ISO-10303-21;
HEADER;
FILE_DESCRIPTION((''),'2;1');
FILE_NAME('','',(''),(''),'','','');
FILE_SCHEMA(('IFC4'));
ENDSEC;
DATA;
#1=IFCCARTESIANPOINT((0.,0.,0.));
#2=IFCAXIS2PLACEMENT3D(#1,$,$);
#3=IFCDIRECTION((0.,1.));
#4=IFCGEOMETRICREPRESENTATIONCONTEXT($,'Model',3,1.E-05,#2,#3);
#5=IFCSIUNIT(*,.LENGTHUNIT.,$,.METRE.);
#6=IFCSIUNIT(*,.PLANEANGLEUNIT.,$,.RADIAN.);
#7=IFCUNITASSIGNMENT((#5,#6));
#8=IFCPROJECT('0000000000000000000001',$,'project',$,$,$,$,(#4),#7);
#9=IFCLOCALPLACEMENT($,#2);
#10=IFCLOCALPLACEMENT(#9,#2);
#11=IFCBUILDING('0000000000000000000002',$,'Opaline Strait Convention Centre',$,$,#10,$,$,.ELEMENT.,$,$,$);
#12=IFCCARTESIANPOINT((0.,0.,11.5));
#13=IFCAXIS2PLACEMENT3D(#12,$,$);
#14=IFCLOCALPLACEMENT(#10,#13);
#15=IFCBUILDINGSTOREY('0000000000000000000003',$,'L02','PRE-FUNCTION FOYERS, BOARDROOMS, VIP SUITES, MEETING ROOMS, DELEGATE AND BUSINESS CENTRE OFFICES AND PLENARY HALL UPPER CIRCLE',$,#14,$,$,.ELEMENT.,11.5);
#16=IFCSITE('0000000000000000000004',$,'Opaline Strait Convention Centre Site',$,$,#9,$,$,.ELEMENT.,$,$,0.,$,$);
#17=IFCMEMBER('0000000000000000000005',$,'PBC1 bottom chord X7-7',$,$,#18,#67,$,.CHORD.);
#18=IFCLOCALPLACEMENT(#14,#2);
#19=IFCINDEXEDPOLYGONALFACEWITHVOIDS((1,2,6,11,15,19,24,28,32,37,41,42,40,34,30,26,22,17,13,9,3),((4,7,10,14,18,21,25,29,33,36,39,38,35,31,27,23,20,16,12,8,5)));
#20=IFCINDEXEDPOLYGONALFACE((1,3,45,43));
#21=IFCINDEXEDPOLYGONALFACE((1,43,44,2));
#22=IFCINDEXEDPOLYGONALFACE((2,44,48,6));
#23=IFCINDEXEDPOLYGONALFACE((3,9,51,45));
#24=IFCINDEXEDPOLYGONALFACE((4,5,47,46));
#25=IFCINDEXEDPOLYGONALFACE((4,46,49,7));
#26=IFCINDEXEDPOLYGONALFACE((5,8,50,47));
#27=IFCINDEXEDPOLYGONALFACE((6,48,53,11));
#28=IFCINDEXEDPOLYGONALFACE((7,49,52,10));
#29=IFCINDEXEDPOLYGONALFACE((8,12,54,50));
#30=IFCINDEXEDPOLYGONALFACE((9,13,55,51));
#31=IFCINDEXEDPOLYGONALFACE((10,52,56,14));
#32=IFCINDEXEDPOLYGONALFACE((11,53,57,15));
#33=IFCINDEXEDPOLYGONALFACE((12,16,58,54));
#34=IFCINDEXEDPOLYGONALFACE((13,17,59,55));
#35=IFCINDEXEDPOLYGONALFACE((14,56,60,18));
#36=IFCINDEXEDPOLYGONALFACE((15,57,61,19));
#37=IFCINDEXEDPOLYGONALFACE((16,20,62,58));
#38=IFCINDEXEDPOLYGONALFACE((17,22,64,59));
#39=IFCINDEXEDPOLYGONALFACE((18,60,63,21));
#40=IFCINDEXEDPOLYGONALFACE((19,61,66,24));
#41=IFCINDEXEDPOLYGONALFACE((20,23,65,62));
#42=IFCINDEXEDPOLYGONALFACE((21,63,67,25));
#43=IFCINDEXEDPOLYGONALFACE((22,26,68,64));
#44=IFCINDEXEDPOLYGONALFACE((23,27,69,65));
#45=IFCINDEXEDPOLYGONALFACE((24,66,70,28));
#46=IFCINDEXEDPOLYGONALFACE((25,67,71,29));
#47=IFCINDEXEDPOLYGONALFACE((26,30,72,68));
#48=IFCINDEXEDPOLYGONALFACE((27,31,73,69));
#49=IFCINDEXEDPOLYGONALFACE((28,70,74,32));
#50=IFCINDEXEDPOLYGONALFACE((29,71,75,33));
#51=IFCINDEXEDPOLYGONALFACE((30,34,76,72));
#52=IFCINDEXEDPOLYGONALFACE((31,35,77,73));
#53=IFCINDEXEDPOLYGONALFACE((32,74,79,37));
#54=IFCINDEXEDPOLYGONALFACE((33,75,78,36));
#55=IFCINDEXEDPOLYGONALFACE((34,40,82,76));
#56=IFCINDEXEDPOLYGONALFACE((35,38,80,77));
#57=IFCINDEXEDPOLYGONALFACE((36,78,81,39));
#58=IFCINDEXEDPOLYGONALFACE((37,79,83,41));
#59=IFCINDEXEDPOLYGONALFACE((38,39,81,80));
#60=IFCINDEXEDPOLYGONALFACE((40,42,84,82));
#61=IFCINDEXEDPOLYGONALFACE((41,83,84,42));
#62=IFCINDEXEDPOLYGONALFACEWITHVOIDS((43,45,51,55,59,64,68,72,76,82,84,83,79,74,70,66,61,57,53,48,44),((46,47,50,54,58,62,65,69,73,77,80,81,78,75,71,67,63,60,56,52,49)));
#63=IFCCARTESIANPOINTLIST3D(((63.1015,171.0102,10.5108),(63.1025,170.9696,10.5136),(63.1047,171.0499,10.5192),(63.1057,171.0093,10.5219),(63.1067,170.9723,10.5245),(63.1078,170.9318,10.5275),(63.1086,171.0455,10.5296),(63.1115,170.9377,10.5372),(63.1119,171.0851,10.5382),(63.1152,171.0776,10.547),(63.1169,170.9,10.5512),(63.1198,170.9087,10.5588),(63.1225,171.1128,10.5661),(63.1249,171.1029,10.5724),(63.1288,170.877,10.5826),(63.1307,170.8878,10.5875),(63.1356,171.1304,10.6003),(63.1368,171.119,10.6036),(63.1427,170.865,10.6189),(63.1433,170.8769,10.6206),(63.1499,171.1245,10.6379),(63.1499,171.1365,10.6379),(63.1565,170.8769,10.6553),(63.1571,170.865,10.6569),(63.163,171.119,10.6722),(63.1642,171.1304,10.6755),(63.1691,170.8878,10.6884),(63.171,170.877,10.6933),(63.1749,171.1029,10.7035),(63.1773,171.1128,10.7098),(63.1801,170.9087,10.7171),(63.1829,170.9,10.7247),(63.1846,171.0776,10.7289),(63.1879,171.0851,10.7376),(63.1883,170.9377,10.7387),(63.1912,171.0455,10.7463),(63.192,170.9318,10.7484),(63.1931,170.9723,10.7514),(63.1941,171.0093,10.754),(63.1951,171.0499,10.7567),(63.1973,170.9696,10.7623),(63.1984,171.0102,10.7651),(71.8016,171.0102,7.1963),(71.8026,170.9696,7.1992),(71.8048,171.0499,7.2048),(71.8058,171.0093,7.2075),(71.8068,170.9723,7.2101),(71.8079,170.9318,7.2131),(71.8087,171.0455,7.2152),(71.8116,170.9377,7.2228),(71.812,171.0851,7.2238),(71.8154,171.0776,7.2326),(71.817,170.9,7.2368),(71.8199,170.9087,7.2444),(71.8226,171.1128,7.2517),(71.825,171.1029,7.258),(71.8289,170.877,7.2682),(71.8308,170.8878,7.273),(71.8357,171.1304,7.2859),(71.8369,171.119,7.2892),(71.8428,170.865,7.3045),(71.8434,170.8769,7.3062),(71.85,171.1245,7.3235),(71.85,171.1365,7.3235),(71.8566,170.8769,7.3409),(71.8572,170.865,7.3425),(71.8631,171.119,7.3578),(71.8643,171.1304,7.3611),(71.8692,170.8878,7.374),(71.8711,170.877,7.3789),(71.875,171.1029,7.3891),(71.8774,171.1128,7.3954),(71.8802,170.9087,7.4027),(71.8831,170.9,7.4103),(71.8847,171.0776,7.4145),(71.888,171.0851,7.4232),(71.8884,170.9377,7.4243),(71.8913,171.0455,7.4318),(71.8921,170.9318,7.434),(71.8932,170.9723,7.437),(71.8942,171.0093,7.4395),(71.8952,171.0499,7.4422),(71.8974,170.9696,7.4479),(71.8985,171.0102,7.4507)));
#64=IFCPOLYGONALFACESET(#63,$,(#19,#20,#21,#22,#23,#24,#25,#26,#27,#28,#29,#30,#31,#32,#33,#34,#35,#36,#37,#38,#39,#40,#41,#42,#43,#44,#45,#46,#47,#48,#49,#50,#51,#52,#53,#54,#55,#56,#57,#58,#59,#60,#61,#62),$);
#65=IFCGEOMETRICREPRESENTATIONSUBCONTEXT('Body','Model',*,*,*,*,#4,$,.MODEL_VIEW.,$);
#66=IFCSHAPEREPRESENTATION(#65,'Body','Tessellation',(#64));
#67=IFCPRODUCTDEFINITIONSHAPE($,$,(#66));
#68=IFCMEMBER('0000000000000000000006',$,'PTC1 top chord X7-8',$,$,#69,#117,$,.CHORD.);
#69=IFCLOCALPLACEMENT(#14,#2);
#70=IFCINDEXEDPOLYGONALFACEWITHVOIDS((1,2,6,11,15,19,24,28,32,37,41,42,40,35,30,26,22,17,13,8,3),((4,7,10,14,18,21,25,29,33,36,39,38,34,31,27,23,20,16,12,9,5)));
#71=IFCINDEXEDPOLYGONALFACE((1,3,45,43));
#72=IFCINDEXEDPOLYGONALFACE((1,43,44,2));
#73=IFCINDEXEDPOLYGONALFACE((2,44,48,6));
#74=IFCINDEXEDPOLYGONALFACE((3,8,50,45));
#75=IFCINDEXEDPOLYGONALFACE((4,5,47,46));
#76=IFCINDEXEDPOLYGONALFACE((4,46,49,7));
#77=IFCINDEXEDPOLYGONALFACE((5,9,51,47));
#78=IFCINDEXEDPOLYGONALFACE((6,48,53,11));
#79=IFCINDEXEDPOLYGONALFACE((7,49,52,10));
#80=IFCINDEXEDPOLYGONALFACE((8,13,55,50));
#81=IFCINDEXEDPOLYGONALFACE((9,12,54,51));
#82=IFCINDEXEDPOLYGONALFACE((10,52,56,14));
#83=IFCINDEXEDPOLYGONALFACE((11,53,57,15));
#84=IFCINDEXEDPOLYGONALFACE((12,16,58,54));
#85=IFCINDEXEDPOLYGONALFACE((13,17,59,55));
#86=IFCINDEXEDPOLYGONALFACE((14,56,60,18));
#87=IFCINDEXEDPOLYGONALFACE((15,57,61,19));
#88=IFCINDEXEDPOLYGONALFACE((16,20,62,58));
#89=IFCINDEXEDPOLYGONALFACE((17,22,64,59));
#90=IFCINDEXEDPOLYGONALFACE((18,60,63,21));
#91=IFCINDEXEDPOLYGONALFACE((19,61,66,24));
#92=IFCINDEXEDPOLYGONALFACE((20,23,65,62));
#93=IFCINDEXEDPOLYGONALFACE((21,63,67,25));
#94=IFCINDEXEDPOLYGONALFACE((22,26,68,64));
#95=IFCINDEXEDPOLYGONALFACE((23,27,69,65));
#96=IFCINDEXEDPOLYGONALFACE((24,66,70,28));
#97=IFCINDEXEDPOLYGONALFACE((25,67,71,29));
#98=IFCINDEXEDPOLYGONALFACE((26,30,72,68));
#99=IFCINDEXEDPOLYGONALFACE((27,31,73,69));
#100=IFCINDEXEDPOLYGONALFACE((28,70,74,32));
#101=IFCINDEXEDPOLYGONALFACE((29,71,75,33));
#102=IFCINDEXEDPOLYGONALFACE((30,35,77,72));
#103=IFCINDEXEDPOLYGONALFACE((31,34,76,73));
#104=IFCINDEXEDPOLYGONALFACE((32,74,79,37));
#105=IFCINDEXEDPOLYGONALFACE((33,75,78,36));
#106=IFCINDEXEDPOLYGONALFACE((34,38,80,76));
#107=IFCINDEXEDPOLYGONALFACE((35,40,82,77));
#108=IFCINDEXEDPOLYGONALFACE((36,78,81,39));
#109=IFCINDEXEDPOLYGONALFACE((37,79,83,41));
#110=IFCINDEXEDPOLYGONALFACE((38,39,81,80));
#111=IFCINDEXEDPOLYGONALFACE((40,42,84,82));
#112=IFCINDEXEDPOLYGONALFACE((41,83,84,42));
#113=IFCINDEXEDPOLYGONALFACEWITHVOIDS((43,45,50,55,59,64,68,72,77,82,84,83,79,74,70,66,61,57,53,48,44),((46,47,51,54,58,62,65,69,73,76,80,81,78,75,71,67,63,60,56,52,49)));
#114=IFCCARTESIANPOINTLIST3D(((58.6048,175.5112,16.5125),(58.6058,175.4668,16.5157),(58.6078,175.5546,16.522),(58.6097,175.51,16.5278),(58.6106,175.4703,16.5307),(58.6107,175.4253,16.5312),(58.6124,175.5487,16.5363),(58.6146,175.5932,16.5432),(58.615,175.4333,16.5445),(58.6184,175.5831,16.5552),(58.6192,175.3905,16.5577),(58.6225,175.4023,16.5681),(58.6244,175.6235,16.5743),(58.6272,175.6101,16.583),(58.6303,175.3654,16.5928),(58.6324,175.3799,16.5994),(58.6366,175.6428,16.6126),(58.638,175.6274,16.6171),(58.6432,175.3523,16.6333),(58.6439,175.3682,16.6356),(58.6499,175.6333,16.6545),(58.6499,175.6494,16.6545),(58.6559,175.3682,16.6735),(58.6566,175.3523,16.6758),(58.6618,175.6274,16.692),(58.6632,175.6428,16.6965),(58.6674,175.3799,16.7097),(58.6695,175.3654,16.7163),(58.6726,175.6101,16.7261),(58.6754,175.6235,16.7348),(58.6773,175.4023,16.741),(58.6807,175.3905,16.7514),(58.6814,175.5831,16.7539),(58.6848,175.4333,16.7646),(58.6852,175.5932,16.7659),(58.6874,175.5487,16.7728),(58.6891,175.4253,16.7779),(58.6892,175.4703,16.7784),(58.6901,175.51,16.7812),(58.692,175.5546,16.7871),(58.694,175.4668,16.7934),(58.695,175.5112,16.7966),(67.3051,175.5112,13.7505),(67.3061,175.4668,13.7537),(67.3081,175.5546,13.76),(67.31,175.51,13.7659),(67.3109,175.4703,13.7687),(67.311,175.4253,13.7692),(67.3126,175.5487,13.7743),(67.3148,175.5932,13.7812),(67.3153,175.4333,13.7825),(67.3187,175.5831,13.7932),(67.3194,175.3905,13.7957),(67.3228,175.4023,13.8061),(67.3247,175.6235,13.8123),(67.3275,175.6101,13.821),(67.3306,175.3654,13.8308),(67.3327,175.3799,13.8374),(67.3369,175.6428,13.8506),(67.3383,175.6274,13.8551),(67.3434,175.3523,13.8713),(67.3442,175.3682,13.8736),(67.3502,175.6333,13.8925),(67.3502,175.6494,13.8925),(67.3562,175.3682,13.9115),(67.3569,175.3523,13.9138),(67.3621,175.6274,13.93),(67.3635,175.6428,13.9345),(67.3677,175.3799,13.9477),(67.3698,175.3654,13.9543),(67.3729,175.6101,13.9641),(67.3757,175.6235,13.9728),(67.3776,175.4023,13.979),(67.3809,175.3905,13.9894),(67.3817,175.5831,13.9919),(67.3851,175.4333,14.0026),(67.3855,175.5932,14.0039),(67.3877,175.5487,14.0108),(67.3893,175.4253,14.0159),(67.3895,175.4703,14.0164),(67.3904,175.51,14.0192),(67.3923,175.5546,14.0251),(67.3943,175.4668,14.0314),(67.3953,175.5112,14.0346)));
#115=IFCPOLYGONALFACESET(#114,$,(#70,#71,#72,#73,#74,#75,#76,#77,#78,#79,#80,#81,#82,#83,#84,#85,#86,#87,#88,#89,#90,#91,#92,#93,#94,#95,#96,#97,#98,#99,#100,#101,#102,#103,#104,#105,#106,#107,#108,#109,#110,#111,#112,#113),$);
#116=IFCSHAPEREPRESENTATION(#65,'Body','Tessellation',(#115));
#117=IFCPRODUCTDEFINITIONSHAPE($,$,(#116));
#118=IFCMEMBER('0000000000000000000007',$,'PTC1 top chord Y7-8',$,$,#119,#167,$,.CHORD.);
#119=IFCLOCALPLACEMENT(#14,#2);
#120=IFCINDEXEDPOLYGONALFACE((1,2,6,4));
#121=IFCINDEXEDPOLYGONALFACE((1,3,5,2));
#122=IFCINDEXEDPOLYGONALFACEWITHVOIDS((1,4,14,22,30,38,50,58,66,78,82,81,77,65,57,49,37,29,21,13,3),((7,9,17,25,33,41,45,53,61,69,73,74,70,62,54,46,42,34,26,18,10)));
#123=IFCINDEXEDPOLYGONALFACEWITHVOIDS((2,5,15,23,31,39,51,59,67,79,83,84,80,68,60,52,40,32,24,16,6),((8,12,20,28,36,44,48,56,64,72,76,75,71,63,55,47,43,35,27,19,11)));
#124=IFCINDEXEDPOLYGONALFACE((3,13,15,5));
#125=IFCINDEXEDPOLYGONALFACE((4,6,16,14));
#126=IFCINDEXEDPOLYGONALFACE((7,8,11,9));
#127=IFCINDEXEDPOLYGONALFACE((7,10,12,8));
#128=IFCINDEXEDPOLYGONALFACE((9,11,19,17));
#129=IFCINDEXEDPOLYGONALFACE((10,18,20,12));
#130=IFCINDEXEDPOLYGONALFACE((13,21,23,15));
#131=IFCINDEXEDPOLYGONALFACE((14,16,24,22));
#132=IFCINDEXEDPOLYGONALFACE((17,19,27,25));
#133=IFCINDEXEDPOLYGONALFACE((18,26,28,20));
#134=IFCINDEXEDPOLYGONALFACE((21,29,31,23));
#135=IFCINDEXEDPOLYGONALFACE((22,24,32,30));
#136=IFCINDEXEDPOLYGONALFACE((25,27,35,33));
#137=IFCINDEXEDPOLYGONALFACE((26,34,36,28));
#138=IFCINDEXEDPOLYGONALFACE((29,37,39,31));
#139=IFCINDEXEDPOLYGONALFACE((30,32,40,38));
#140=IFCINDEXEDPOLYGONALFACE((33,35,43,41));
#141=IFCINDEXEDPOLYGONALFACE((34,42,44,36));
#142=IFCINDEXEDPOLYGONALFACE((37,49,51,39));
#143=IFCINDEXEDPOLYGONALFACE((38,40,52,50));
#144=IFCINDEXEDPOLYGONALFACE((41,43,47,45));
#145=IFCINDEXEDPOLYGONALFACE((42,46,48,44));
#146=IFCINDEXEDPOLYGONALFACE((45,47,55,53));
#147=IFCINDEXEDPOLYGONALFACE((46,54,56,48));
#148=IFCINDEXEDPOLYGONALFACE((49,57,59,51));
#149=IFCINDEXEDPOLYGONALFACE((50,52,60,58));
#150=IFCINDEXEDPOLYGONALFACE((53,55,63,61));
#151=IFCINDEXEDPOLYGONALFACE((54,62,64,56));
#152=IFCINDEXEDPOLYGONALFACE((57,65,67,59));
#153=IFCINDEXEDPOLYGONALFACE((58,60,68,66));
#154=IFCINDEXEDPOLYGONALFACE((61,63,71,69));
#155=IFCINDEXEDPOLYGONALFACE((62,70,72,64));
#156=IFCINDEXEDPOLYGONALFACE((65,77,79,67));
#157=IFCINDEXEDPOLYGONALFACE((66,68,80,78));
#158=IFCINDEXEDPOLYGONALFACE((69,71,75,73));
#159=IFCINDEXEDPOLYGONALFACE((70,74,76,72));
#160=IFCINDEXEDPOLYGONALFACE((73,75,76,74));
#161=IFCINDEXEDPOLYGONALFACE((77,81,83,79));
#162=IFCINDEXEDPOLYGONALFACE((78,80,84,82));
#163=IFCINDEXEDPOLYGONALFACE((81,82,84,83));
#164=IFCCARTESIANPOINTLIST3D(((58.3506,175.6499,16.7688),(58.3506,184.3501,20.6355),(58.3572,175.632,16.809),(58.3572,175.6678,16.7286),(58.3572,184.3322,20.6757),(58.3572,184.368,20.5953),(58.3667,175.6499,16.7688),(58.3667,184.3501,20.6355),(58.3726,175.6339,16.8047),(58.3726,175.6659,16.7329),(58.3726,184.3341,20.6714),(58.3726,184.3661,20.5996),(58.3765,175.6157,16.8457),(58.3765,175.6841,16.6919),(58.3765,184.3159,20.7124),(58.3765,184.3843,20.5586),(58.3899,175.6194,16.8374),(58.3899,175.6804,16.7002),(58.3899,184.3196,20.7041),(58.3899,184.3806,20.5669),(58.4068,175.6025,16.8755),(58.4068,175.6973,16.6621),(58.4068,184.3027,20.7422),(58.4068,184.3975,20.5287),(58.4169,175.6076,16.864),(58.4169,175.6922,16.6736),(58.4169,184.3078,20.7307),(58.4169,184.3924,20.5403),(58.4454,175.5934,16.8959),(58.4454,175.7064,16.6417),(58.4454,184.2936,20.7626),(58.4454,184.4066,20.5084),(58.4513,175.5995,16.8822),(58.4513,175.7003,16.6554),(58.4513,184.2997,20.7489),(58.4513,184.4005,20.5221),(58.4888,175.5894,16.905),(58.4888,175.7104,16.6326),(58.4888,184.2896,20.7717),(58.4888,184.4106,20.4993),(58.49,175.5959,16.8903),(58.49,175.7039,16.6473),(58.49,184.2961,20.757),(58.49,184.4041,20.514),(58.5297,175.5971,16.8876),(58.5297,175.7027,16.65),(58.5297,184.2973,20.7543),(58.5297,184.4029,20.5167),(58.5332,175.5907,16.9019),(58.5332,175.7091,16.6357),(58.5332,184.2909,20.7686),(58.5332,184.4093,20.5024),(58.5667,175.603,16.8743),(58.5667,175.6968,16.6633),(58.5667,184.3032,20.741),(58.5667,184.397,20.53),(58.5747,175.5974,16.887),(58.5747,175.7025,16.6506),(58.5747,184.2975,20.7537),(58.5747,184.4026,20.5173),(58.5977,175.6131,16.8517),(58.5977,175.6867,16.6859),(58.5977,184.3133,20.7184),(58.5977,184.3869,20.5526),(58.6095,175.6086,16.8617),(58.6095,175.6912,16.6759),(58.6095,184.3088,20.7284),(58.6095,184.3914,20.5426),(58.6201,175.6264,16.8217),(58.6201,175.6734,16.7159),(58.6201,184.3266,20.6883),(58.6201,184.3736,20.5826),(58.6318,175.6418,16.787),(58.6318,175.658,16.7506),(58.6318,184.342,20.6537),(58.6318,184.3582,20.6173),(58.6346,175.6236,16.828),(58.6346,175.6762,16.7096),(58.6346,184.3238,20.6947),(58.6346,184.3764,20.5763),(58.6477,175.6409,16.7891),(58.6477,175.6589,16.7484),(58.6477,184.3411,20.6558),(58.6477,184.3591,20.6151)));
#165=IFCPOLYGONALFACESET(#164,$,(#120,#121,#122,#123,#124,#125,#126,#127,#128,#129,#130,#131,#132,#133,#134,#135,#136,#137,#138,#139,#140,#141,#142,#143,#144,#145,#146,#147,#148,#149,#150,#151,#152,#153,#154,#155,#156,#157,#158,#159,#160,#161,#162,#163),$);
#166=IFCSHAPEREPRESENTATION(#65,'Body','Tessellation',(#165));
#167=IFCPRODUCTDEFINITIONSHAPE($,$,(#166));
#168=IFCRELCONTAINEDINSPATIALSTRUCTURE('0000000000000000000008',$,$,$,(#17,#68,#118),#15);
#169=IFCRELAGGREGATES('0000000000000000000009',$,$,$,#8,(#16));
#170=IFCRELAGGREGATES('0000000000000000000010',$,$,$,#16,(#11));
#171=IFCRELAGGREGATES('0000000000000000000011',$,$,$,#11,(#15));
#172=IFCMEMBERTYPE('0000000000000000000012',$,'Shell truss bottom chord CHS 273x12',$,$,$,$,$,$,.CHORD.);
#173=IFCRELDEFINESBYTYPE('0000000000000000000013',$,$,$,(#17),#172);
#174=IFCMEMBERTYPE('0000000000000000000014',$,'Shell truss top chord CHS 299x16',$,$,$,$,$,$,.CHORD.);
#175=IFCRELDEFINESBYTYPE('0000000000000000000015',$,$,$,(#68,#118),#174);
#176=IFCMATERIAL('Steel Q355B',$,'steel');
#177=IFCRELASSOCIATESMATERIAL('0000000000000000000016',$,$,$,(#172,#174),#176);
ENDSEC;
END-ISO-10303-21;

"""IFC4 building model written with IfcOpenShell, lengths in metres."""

from ifc_helpers import new_model, si_unit, direction, frame, origin, origin_2d, place, context, subcontext, project, spatial, hollow_circle, extrude, material, material_profile, profile_set, type_object, element, save


model = new_model("IFC4")

# Units and contexts
model_context = context("Model", 3, precision=1e-05, world=origin(), true_north=direction((0.0, 1.0)))
body_context = subcontext(model_context, "Body", "Model", "MODEL_VIEW")
ifc_project = project(units=[si_unit("LENGTHUNIT", "METRE"), si_unit("PLANEANGLEUNIT", "RADIAN")], contexts=[model_context])

# Site, building, storey
site_placement = place(None, origin())
site = spatial("IfcSite", under=ifc_project, at=site_placement, Name="Opaline Strait Convention Centre Site", CompositionType="ELEMENT", RefElevation=0.0)
building_placement = place(site_placement, origin())
building = spatial("IfcBuilding", under=site, at=building_placement, Name="Opaline Strait Convention Centre", CompositionType="ELEMENT")
storey_placement = place(building_placement, frame((0.0, 0.0, 11.5)))
storey = spatial("IfcBuildingStorey", under=building, at=storey_placement, Name="L02", Description="PRE-FUNCTION FOYERS, BOARDROOMS, VIP SUITES, MEETING ROOMS, DELEGATE AND BUSINESS CENTRE OFFICES AND PLENARY HALL UPPER CIRCLE", CompositionType="ELEMENT", Elevation=11.5)

# Members
ifc_material_1 = material(Name="Steel Q355B", Category="steel")
ifc_material_profile_1 = material_profile(ifc_material_1, hollow_circle(Radius=0.1365, WallThickness=0.012, at=origin_2d()), Name="CHS 273x12")
ifc_profile_set_1 = profile_set([ifc_material_profile_1], Name="Steel Q355B")
member_type_1 = type_object("IfcMemberType", Name="Shell truss bottom chord CHS 273x12", PredefinedType="CHORD", material=ifc_profile_set_1)
member_1_placement = place(storey_placement, frame((63.1499, 171.0, 10.6379), z_axis=(0.934484, 0.0, -0.356004), x_axis=(0.0, 1.0, 0.0)))
element("IfcMember", 1, at=member_1_placement, inside=storey, type_object=member_type_1, Name="PBC1 bottom chord X7-7", PredefinedType="CHORD", context=body_context, shape_type="SweptSolid", body=[
    extrude(hollow_circle(Radius=0.1365, WallThickness=0.012, at=origin_2d()), origin(), (0.0, 0.0, 1.0), 9.3101),
])
ifc_material_profile_2 = material_profile(ifc_material_1, hollow_circle(Radius=0.1494, WallThickness=0.0161, at=origin_2d()), Name="CHS 299x16")
ifc_profile_set_2 = profile_set([ifc_material_profile_2], Name="Steel Q355B")
member_type_2 = type_object("IfcMemberType", Name="Shell truss top chord CHS 299x16", PredefinedType="CHORD", material=ifc_profile_set_2)
member_2_placement = place(storey_placement, frame((58.6499, 175.5, 16.6545), z_axis=(0.953124, 0.0, -0.302579), x_axis=(0.0, 1.0, 0.0)))
element("IfcMember", 2, at=member_2_placement, inside=storey, type_object=member_type_2, Name="PTC1 top chord X7-8", PredefinedType="CHORD", context=body_context, shape_type="SweptSolid", body=[
    extrude(hollow_circle(Radius=0.1494, WallThickness=0.0161, at=origin_2d()), origin(), (0.0, 0.0, 1.0), 9.1282),
])
for number, where, z_axis, x_axis, name in (
    (3, (58.5, 175.6499, 16.7688), (0.0, 0.913814, 0.406134), (-1.0, 0.0, 0.0), "PTC1 top chord Y7-8"),
):
    element("IfcMember", number, at=place(storey_placement, frame(where, z_axis=z_axis, x_axis=x_axis)), inside=storey, type_object=member_type_2, Name=name, PredefinedType="CHORD", context=body_context, shape_type="SweptSolid", body=[
        extrude(hollow_circle(Radius=0.1494, WallThickness=0.0161, at=origin_2d()), origin(), (0.0, 0.0, 1.0), 9.5208),
    ])

save(model, "model.ifc")
